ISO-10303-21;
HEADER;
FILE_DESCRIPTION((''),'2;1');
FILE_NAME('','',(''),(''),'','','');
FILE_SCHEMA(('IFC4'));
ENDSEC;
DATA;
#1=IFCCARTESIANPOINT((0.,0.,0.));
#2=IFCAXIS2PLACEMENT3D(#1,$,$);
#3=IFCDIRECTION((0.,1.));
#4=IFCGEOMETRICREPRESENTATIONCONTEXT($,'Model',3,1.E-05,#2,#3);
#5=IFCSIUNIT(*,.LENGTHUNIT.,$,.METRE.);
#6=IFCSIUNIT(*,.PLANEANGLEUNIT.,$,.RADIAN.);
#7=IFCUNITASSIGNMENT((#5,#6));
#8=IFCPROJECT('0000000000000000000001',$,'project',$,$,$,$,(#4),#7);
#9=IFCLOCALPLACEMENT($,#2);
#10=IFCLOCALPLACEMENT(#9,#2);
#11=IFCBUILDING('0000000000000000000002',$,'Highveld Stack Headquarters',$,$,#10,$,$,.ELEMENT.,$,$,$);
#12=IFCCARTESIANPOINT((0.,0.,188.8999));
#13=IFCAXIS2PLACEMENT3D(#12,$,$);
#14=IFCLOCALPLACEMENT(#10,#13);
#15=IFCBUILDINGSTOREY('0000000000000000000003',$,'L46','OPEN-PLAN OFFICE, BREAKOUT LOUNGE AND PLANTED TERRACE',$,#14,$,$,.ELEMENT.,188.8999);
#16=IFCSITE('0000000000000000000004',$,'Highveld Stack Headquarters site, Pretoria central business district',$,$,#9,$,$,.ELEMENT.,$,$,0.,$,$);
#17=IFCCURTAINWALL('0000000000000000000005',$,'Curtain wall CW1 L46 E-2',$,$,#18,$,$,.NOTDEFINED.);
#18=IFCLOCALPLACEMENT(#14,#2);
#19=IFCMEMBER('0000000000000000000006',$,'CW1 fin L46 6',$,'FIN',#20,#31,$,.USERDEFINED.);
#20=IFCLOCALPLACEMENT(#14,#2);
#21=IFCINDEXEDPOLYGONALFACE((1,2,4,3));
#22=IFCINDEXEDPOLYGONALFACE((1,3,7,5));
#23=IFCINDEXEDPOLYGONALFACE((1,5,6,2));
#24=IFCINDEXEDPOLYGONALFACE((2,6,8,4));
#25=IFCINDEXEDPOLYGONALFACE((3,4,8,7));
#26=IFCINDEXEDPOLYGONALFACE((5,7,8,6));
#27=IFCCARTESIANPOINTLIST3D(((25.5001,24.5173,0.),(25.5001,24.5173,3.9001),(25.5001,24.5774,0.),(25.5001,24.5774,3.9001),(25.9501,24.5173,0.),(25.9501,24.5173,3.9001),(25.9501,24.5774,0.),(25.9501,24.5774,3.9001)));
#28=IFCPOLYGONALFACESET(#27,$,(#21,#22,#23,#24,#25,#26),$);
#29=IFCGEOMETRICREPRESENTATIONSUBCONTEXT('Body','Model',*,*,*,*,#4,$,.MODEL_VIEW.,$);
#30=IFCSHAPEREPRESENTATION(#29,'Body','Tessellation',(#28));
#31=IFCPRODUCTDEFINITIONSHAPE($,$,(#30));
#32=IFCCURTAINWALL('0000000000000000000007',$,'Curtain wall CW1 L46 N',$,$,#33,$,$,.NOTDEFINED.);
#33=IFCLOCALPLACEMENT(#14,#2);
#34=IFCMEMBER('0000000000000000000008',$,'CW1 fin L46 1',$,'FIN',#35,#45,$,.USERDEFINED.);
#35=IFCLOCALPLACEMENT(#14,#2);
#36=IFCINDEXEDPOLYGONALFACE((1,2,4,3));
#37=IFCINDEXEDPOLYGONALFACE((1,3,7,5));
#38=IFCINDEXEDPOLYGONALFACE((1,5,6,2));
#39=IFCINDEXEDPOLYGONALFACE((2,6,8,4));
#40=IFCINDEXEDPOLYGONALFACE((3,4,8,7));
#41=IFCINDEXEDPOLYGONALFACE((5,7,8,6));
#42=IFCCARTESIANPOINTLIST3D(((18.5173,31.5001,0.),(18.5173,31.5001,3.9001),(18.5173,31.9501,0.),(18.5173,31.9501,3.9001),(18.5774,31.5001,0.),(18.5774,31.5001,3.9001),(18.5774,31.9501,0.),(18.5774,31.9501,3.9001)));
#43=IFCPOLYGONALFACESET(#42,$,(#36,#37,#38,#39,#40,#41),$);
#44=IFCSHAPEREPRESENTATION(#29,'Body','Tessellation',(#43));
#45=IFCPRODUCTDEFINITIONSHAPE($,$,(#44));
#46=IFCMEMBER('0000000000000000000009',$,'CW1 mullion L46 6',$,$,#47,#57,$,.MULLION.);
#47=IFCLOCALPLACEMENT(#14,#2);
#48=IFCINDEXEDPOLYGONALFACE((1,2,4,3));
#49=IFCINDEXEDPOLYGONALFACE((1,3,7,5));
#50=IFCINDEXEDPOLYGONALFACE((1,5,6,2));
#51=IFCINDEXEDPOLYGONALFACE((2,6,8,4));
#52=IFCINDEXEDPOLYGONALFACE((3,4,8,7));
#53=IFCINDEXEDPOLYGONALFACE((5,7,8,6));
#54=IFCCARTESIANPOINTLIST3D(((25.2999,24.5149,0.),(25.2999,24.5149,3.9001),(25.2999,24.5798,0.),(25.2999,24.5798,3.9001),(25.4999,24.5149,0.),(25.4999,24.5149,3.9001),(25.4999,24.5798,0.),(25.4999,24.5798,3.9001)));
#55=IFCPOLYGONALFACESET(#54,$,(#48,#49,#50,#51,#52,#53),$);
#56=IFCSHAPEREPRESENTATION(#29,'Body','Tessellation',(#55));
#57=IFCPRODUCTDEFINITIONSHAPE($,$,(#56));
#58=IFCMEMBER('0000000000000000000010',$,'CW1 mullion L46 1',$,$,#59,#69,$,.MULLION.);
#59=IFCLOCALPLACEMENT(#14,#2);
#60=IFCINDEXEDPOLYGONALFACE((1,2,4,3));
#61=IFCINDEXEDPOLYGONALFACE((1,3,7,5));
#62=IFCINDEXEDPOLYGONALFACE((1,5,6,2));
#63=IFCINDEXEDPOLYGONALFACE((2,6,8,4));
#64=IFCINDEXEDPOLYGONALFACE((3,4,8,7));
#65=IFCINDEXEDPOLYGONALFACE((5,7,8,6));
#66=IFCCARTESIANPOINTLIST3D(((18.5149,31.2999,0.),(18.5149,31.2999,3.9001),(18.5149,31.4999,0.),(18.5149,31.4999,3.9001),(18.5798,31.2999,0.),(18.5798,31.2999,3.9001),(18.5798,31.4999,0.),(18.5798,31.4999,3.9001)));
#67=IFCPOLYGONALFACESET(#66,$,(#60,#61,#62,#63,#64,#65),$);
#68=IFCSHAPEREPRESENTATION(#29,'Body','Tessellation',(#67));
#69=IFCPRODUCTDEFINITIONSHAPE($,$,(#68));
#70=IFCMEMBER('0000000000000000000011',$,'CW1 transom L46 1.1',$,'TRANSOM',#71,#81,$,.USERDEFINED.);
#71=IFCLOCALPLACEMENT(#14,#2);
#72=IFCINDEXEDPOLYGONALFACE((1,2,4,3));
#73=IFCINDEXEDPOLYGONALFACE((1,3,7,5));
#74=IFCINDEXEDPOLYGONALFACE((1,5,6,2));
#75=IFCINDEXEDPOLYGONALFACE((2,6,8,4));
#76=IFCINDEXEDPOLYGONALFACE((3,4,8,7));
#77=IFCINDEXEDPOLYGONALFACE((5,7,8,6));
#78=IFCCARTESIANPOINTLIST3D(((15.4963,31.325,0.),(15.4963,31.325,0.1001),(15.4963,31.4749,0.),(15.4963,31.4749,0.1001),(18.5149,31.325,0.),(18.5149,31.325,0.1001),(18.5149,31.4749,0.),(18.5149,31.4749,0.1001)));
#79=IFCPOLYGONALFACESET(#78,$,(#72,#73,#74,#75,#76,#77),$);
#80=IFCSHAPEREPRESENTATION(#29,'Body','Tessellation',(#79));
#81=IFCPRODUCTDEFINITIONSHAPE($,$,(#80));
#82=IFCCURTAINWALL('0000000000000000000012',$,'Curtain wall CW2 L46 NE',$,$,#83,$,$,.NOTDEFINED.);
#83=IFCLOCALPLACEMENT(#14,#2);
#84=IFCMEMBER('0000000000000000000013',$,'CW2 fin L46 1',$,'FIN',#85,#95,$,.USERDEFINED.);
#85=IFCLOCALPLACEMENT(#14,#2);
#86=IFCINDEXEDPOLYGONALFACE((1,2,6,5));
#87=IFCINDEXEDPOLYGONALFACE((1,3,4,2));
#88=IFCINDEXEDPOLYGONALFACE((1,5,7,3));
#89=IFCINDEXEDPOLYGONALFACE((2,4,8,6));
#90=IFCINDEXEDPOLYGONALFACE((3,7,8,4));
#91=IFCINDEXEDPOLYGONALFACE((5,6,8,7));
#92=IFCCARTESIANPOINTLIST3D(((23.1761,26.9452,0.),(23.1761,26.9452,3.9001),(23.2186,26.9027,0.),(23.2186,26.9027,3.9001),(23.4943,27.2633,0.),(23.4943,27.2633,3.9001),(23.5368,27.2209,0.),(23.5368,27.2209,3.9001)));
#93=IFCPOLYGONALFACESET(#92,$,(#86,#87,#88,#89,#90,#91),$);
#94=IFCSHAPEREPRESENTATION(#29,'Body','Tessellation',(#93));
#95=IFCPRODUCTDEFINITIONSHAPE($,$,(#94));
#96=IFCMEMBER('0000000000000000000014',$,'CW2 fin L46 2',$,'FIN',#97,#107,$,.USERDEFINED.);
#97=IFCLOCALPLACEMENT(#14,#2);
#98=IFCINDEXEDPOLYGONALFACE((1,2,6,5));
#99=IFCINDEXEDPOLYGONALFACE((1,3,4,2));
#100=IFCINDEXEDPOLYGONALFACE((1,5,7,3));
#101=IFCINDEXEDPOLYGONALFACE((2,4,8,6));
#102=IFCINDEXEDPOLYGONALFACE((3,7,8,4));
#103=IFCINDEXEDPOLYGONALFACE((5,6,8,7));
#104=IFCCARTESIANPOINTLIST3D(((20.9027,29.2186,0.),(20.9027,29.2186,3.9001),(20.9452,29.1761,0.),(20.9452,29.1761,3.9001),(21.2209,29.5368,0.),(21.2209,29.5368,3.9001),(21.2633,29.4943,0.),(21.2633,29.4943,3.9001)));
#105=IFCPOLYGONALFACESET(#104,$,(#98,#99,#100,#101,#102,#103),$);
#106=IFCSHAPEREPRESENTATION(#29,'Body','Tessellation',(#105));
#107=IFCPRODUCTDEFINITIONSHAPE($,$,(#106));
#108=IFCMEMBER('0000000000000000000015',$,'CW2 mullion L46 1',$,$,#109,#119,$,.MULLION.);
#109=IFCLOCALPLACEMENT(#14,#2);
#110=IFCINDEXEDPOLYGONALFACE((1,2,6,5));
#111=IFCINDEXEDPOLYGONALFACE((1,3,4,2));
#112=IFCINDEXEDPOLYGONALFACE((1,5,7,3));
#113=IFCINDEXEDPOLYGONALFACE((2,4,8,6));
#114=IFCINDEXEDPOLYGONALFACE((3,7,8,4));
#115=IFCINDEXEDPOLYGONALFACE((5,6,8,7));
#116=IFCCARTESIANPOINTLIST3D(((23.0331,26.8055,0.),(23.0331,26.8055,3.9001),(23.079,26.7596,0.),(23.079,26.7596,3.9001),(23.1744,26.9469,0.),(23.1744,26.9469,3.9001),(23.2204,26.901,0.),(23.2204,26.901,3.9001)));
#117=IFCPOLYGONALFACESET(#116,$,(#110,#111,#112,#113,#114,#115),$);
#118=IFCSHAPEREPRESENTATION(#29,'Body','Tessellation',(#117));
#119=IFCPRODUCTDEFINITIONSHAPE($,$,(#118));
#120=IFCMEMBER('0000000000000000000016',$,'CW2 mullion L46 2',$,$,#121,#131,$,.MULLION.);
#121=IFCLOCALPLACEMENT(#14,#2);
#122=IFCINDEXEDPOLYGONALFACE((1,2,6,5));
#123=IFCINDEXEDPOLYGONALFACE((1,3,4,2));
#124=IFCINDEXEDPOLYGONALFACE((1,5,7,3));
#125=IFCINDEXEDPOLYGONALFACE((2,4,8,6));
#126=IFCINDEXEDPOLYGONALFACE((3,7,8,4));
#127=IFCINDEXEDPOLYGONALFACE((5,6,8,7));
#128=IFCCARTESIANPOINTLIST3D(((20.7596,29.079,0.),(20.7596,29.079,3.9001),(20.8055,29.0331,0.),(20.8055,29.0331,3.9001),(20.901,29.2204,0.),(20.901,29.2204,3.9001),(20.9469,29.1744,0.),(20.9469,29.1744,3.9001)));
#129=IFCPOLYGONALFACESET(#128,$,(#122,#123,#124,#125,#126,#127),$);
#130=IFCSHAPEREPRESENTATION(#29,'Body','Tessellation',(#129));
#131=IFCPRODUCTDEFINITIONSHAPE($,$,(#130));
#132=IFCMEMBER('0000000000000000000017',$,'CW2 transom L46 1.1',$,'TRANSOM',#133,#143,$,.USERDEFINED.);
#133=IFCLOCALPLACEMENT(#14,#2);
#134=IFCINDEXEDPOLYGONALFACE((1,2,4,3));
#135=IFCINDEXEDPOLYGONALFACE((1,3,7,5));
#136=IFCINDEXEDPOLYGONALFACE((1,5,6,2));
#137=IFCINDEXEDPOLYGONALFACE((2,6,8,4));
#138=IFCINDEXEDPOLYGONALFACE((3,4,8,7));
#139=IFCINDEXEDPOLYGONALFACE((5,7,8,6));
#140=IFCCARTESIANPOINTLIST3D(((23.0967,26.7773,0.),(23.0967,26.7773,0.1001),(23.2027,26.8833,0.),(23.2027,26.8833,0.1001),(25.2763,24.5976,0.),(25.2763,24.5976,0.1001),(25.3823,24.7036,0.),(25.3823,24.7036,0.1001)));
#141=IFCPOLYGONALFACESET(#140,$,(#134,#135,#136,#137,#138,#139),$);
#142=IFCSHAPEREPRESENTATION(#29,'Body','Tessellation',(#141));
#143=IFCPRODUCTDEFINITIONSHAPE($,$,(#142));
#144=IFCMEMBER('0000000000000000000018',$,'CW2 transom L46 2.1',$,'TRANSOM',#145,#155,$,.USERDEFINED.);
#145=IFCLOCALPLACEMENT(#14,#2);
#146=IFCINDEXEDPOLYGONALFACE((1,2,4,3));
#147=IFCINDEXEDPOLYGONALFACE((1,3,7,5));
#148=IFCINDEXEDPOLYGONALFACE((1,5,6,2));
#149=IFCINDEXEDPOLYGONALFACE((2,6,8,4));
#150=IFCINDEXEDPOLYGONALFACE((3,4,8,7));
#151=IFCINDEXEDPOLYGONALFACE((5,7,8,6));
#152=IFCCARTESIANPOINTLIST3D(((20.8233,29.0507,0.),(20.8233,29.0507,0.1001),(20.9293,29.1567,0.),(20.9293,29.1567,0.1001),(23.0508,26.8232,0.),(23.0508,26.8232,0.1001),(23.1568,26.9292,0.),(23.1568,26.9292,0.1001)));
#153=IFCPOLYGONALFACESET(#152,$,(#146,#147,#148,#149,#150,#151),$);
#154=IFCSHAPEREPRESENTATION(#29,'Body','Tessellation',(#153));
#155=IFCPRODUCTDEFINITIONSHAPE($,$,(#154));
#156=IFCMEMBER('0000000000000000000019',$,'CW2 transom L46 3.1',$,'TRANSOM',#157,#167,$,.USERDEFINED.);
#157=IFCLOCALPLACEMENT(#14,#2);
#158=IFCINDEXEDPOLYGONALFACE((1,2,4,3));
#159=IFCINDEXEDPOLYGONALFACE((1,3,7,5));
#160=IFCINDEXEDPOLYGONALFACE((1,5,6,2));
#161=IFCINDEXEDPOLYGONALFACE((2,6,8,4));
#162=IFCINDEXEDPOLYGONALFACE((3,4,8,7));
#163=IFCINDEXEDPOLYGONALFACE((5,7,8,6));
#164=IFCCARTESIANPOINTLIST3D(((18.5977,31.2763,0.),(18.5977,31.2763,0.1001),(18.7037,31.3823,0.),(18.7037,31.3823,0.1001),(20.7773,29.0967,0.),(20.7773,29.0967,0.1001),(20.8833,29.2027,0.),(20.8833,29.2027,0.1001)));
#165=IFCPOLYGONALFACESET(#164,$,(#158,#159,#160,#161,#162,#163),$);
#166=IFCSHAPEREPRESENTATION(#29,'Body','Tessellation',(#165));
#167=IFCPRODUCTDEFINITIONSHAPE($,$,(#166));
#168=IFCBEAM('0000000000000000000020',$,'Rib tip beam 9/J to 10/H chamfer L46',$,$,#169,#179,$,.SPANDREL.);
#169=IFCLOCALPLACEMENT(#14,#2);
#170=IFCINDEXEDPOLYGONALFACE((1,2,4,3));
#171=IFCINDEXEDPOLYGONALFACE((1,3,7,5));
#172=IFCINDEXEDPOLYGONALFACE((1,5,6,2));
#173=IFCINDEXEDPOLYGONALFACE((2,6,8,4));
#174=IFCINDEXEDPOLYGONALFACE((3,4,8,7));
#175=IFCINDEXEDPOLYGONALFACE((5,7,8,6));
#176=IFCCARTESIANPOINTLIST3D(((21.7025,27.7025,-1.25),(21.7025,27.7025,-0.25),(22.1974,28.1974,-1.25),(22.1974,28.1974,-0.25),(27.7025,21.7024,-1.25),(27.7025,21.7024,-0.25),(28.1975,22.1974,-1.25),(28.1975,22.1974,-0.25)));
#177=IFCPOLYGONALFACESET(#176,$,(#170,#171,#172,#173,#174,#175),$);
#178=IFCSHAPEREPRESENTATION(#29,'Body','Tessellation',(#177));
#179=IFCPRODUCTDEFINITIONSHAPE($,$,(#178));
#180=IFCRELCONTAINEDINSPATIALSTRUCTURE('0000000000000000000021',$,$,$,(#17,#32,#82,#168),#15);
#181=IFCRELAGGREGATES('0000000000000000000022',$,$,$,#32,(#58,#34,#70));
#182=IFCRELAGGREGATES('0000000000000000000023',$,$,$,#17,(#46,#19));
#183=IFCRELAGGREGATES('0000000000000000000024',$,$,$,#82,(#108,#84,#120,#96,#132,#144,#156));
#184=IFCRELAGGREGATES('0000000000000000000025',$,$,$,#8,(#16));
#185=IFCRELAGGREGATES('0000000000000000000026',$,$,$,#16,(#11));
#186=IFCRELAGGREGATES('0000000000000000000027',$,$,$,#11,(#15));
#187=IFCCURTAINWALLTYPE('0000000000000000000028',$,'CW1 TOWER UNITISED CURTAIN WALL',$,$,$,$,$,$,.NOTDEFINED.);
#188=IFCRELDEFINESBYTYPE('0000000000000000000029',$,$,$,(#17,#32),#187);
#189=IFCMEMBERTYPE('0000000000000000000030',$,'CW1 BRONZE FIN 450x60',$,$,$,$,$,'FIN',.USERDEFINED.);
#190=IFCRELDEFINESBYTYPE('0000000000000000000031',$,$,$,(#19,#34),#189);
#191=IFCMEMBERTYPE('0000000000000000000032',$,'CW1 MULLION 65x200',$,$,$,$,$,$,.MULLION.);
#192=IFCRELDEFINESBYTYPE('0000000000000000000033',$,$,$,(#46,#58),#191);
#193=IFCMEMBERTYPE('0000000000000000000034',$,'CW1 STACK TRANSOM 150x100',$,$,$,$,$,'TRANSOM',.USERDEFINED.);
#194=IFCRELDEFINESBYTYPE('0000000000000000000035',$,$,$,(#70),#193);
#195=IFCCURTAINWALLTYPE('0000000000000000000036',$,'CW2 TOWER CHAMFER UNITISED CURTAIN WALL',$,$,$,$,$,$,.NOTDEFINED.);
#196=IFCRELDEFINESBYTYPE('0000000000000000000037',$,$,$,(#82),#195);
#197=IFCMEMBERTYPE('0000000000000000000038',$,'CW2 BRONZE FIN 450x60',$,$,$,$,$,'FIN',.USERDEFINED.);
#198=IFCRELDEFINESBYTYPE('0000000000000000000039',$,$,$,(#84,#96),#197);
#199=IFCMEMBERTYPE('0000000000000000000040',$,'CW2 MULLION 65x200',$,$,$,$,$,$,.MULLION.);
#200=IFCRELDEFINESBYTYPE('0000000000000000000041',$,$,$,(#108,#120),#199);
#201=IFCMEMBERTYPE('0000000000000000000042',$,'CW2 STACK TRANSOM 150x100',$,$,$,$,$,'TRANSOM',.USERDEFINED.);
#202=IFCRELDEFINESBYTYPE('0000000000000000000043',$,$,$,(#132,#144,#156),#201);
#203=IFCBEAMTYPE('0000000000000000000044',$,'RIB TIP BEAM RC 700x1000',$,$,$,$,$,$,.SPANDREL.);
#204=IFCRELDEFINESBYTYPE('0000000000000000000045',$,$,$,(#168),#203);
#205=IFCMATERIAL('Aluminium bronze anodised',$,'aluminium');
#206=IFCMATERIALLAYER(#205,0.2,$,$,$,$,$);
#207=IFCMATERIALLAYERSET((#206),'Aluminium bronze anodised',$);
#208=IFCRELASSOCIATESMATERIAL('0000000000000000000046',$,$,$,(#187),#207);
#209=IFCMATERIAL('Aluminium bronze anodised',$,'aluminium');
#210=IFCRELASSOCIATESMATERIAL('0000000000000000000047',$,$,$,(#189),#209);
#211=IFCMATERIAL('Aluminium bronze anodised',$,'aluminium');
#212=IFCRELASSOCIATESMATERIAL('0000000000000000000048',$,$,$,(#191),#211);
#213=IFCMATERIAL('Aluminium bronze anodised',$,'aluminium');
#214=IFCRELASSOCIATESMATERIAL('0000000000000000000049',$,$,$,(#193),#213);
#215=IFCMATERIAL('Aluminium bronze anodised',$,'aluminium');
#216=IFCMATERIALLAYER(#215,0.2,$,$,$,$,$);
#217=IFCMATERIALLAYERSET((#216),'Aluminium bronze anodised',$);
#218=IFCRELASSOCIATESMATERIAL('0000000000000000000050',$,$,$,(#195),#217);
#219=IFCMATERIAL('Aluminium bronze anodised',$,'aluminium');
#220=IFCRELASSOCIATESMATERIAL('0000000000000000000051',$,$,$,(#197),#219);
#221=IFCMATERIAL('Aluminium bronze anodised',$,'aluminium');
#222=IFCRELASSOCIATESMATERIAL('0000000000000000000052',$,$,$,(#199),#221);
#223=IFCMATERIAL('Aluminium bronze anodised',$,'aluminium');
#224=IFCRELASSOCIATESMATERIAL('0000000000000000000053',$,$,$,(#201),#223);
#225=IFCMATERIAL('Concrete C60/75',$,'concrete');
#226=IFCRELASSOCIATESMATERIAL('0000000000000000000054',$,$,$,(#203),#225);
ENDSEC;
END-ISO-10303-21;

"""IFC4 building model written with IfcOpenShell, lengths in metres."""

from ifc_helpers import new_model, si_unit, direction, frame, origin, origin_2d, place, context, subcontext, project, spatial, rectangle, extrude, material, layer, layer_set, material_profile, profile_set, type_object, element, aggregate, save


model = new_model("IFC4")

# Units and contexts
model_context = context("Model", 3, precision=1e-05, world=origin(), true_north=direction((0.0, 1.0)))
body_context = subcontext(model_context, "Body", "Model", "MODEL_VIEW")
ifc_project = project(units=[si_unit("LENGTHUNIT", "METRE"), si_unit("PLANEANGLEUNIT", "RADIAN")], contexts=[model_context])

# Site, building, storey
site_placement = place(None, origin())
site = spatial("IfcSite", under=ifc_project, at=site_placement, Name="Highveld Stack Headquarters site, Pretoria central business district", CompositionType="ELEMENT", RefElevation=0.0)
building_placement = place(site_placement, origin())
building = spatial("IfcBuilding", under=site, at=building_placement, Name="Highveld Stack Headquarters", CompositionType="ELEMENT")
storey_placement = place(building_placement, frame((0.0, 0.0, 188.8999)))
storey = spatial("IfcBuildingStorey", under=building, at=storey_placement, Name="L46", Description="OPEN-PLAN OFFICE, BREAKOUT LOUNGE AND PLANTED TERRACE", CompositionType="ELEMENT", Elevation=188.8999)

# Curtain walls, members
ifc_material_1 = material(Name="Aluminium bronze anodised", Category="aluminium")
ifc_layer_1 = layer(ifc_material_1, 0.2)
ifc_layer_set_1 = layer_set([ifc_layer_1], Name="Aluminium bronze anodised")
curtain_wall_type_1 = type_object("IfcCurtainWallType", Name="CW1 TOWER UNITISED CURTAIN WALL", PredefinedType="NOTDEFINED", material=ifc_layer_set_1)
curtain_wall_1_placement = place(storey_placement, origin())
curtain_wall_1 = element("IfcCurtainWall", 1, at=curtain_wall_1_placement, inside=storey, type_object=curtain_wall_type_1, Name="Curtain wall CW1 L46 E-2", PredefinedType="NOTDEFINED")
ifc_material_2 = material(Name="Aluminium bronze anodised", Category="aluminium")
ifc_material_profile_1 = material_profile(ifc_material_2, rectangle(XDim=0.45, YDim=0.0601, at=origin_2d()), Name="FIN 450x60")
ifc_profile_set_1 = profile_set([ifc_material_profile_1], Name="Aluminium bronze anodised")
member_type_1 = type_object("IfcMemberType", Name="CW1 BRONZE FIN 450x60", ElementType="FIN", PredefinedType="USERDEFINED", material=ifc_profile_set_1)
member_1_placement = place(storey_placement, frame((25.7251, 24.5474, 0.0), z_axis=(0.0, 0.0, 1.0), x_axis=(-1.0, 0.0, 0.0)))
member_1 = element("IfcMember", 2, at=member_1_placement, type_object=member_type_1, Name="CW1 fin L46 6", ObjectType="FIN", PredefinedType="USERDEFINED", context=body_context, shape_type="SweptSolid", body=[
    extrude(rectangle(XDim=0.45, YDim=0.0601, at=origin_2d()), origin(), (0.0, 0.0, 1.0), 3.9001),
])
curtain_wall_2_placement = place(storey_placement, origin())
curtain_wall_2 = element("IfcCurtainWall", 3, at=curtain_wall_2_placement, inside=storey, type_object=curtain_wall_type_1, Name="Curtain wall CW1 L46 N", PredefinedType="NOTDEFINED")
member_2_placement = place(storey_placement, frame((18.5474, 31.7251, 0.0), z_axis=(0.0, 0.0, 1.0), x_axis=(0.0, -1.0, 0.0)))
member_2 = element("IfcMember", 4, at=member_2_placement, type_object=member_type_1, Name="CW1 fin L46 1", ObjectType="FIN", PredefinedType="USERDEFINED", context=body_context, shape_type="SweptSolid", body=[
    extrude(rectangle(XDim=0.45, YDim=0.0601, at=origin_2d()), origin(), (0.0, 0.0, 1.0), 3.9001),
])

# Members
ifc_material_3 = material(Name="Aluminium bronze anodised", Category="aluminium")
ifc_material_profile_2 = material_profile(ifc_material_3, rectangle(XDim=0.2, YDim=0.0649, at=origin_2d()), Name="CW1 MULLION 65x200")
ifc_profile_set_2 = profile_set([ifc_material_profile_2], Name="Aluminium bronze anodised")
member_type_2 = type_object("IfcMemberType", Name="CW1 MULLION 65x200", PredefinedType="MULLION", material=ifc_profile_set_2)
member_3_placement = place(storey_placement, frame((25.3999, 24.5474, 0.0), z_axis=(0.0, 0.0, 1.0), x_axis=(-1.0, 0.0, 0.0)))
member_3 = element("IfcMember", 5, at=member_3_placement, type_object=member_type_2, Name="CW1 mullion L46 6", PredefinedType="MULLION", context=body_context, shape_type="SweptSolid", body=[
    extrude(rectangle(XDim=0.2, YDim=0.0649, at=origin_2d()), origin(), (0.0, 0.0, 1.0), 3.9001),
])
member_4_placement = place(storey_placement, frame((18.5474, 31.3999, 0.0), z_axis=(0.0, 0.0, 1.0), x_axis=(0.0, -1.0, 0.0)))
member_4 = element("IfcMember", 6, at=member_4_placement, type_object=member_type_2, Name="CW1 mullion L46 1", PredefinedType="MULLION", context=body_context, shape_type="SweptSolid", body=[
    extrude(rectangle(XDim=0.2, YDim=0.0649, at=origin_2d()), origin(), (0.0, 0.0, 1.0), 3.9001),
])
ifc_material_4 = material(Name="Aluminium bronze anodised", Category="aluminium")
ifc_material_profile_3 = material_profile(ifc_material_4, rectangle(XDim=0.1499, YDim=0.1001, at=origin_2d()), Name="CW1 TRANSOM 150x100")
ifc_profile_set_3 = profile_set([ifc_material_profile_3], Name="Aluminium bronze anodised")
member_type_3 = type_object("IfcMemberType", Name="CW1 STACK TRANSOM 150x100", ElementType="TRANSOM", PredefinedType="USERDEFINED", material=ifc_profile_set_3)
member_5_placement = place(storey_placement, frame((18.5149, 31.3999, 0.05), z_axis=(-1.0, 0.0, 0.0), x_axis=(0.0, -1.0, 0.0)))
member_5 = element("IfcMember", 7, at=member_5_placement, type_object=member_type_3, Name="CW1 transom L46 1.1", ObjectType="TRANSOM", PredefinedType="USERDEFINED", context=body_context, shape_type="SweptSolid", body=[
    extrude(rectangle(XDim=0.1499, YDim=0.1001, at=origin_2d()), origin(), (0.0, 0.0, 1.0), 3.0186),
])
aggregate(curtain_wall_2, [member_4, member_2, member_5])

# Curtain wall, members
ifc_material_5 = material(Name="Aluminium bronze anodised", Category="aluminium")
ifc_layer_2 = layer(ifc_material_5, 0.2)
ifc_layer_set_2 = layer_set([ifc_layer_2], Name="Aluminium bronze anodised")
curtain_wall_type_2 = type_object("IfcCurtainWallType", Name="CW2 TOWER CHAMFER UNITISED CURTAIN WALL", PredefinedType="NOTDEFINED", material=ifc_layer_set_2)
curtain_wall_3_placement = place(storey_placement, origin())
curtain_wall_3 = element("IfcCurtainWall", 8, at=curtain_wall_3_placement, inside=storey, type_object=curtain_wall_type_2, Name="Curtain wall CW2 L46 NE", PredefinedType="NOTDEFINED")
ifc_material_6 = material(Name="Aluminium bronze anodised", Category="aluminium")
ifc_material_profile_4 = material_profile(ifc_material_6, rectangle(XDim=0.45, YDim=0.0601, at=origin_2d()), Name="FIN 450x60")
ifc_profile_set_4 = profile_set([ifc_material_profile_4], Name="Aluminium bronze anodised")
member_type_4 = type_object("IfcMemberType", Name="CW2 BRONZE FIN 450x60", ElementType="FIN", PredefinedType="USERDEFINED", material=ifc_profile_set_4)
member_6_placement = place(storey_placement, frame((23.3564, 27.083, 0.0), z_axis=(0.0, 0.0, 1.0), x_axis=(-0.707107, -0.707107, 0.0)))
member_6 = element("IfcMember", 9, at=member_6_placement, type_object=member_type_4, Name="CW2 fin L46 1", ObjectType="FIN", PredefinedType="USERDEFINED", context=body_context, shape_type="SweptSolid", body=[
    extrude(rectangle(XDim=0.45, YDim=0.0601, at=origin_2d()), origin(), (0.0, 0.0, 1.0), 3.9001),
])
member_7_placement = place(storey_placement, frame((21.083, 29.3564, 0.0), z_axis=(0.0, 0.0, 1.0), x_axis=(-0.707107, -0.707107, 0.0)))
member_7 = element("IfcMember", 10, at=member_7_placement, type_object=member_type_4, Name="CW2 fin L46 2", ObjectType="FIN", PredefinedType="USERDEFINED", context=body_context, shape_type="SweptSolid", body=[
    extrude(rectangle(XDim=0.45, YDim=0.0601, at=origin_2d()), origin(), (0.0, 0.0, 1.0), 3.9001),
])
ifc_material_7 = material(Name="Aluminium bronze anodised", Category="aluminium")
ifc_material_profile_5 = material_profile(ifc_material_7, rectangle(XDim=0.2, YDim=0.0649, at=origin_2d()), Name="CW2 MULLION 65x200")
ifc_profile_set_5 = profile_set([ifc_material_profile_5], Name="Aluminium bronze anodised")
member_type_5 = type_object("IfcMemberType", Name="CW2 MULLION 65x200", PredefinedType="MULLION", material=ifc_profile_set_5)
member_8_placement = place(storey_placement, frame((23.1267, 26.8533, 0.0), z_axis=(0.0, 0.0, 1.0), x_axis=(-0.707107, -0.707107, 0.0)))
member_8 = element("IfcMember", 11, at=member_8_placement, type_object=member_type_5, Name="CW2 mullion L46 1", PredefinedType="MULLION", context=body_context, shape_type="SweptSolid", body=[
    extrude(rectangle(XDim=0.2, YDim=0.0649, at=origin_2d()), origin(), (0.0, 0.0, 1.0), 3.9001),
])
member_9_placement = place(storey_placement, frame((20.8533, 29.1267, 0.0), z_axis=(0.0, 0.0, 1.0), x_axis=(-0.707107, -0.707107, 0.0)))
member_9 = element("IfcMember", 12, at=member_9_placement, type_object=member_type_5, Name="CW2 mullion L46 2", PredefinedType="MULLION", context=body_context, shape_type="SweptSolid", body=[
    extrude(rectangle(XDim=0.2, YDim=0.0649, at=origin_2d()), origin(), (0.0, 0.0, 1.0), 3.9001),
])
ifc_material_8 = material(Name="Aluminium bronze anodised", Category="aluminium")
ifc_material_profile_6 = material_profile(ifc_material_8, rectangle(XDim=0.1499, YDim=0.1001, at=origin_2d()), Name="CW2 TRANSOM 150x100")
ifc_profile_set_6 = profile_set([ifc_material_profile_6], Name="Aluminium bronze anodised")
member_type_6 = type_object("IfcMemberType", Name="CW2 STACK TRANSOM 150x100", ElementType="TRANSOM", PredefinedType="USERDEFINED", material=ifc_profile_set_6)
member_10_placement = place(storey_placement, frame((25.3293, 24.6506, 0.05), z_axis=(-0.707107, 0.707107, 0.0), x_axis=(-0.707107, -0.707107, 0.0)))
member_10 = element("IfcMember", 13, at=member_10_placement, type_object=member_type_6, Name="CW2 transom L46 1.1", ObjectType="TRANSOM", PredefinedType="USERDEFINED", context=body_context, shape_type="SweptSolid", body=[
    extrude(rectangle(XDim=0.1499, YDim=0.1001, at=origin_2d()), origin(), (0.0, 0.0, 1.0), 3.0825),
])
member_11_placement = place(storey_placement, frame((23.1038, 26.8762, 0.05), z_axis=(-0.707107, 0.707107, 0.0), x_axis=(-0.707107, -0.707107, 0.0)))
member_11 = element("IfcMember", 14, at=member_11_placement, type_object=member_type_6, Name="CW2 transom L46 2.1", ObjectType="TRANSOM", PredefinedType="USERDEFINED", context=body_context, shape_type="SweptSolid", body=[
    extrude(rectangle(XDim=0.1499, YDim=0.1001, at=origin_2d()), origin(), (0.0, 0.0, 1.0), 3.1501),
])
member_12_placement = place(storey_placement, frame((20.8303, 29.1497, 0.05), z_axis=(-0.707107, 0.707107, 0.0), x_axis=(-0.707107, -0.707107, 0.0)))
member_12 = element("IfcMember", 15, at=member_12_placement, type_object=member_type_6, Name="CW2 transom L46 3.1", ObjectType="TRANSOM", PredefinedType="USERDEFINED", context=body_context, shape_type="SweptSolid", body=[
    extrude(rectangle(XDim=0.1499, YDim=0.1001, at=origin_2d()), origin(), (0.0, 0.0, 1.0), 3.0825),
])

# Beam
ifc_material_9 = material(Name="Concrete C60/75", Category="concrete")
ifc_material_profile_7 = material_profile(ifc_material_9, rectangle(XDim=0.7, YDim=1.0, at=origin_2d()), Name="RC 700x1000")
ifc_profile_set_7 = profile_set([ifc_material_profile_7], Name="Concrete C60/75")
beam_type = type_object("IfcBeamType", Name="RIB TIP BEAM RC 700x1000", PredefinedType="SPANDREL", material=ifc_profile_set_7)
for number, where, z_axis, x_axis, name in (
    (16, (21.95, 27.95, -0.75), (0.707107, -0.707107, 0.0), (0.707107, 0.707107, 0.0), "Rib tip beam 9/J to 10/H chamfer L46"),
):
    element("IfcBeam", number, at=place(storey_placement, frame(where, z_axis=z_axis, x_axis=x_axis)), inside=storey, type_object=beam_type, Name=name, PredefinedType="SPANDREL", context=body_context, shape_type="SweptSolid", body=[
        extrude(rectangle(XDim=0.7, YDim=1.0, at=origin_2d()), origin(), (0.0, 0.0, 1.0), 8.4854),
    ])

aggregate(curtain_wall_1, [member_3, member_1])
aggregate(curtain_wall_3, [member_8, member_6, member_9, member_7, member_10, member_11, member_12])

save(model, "model.ifc")
